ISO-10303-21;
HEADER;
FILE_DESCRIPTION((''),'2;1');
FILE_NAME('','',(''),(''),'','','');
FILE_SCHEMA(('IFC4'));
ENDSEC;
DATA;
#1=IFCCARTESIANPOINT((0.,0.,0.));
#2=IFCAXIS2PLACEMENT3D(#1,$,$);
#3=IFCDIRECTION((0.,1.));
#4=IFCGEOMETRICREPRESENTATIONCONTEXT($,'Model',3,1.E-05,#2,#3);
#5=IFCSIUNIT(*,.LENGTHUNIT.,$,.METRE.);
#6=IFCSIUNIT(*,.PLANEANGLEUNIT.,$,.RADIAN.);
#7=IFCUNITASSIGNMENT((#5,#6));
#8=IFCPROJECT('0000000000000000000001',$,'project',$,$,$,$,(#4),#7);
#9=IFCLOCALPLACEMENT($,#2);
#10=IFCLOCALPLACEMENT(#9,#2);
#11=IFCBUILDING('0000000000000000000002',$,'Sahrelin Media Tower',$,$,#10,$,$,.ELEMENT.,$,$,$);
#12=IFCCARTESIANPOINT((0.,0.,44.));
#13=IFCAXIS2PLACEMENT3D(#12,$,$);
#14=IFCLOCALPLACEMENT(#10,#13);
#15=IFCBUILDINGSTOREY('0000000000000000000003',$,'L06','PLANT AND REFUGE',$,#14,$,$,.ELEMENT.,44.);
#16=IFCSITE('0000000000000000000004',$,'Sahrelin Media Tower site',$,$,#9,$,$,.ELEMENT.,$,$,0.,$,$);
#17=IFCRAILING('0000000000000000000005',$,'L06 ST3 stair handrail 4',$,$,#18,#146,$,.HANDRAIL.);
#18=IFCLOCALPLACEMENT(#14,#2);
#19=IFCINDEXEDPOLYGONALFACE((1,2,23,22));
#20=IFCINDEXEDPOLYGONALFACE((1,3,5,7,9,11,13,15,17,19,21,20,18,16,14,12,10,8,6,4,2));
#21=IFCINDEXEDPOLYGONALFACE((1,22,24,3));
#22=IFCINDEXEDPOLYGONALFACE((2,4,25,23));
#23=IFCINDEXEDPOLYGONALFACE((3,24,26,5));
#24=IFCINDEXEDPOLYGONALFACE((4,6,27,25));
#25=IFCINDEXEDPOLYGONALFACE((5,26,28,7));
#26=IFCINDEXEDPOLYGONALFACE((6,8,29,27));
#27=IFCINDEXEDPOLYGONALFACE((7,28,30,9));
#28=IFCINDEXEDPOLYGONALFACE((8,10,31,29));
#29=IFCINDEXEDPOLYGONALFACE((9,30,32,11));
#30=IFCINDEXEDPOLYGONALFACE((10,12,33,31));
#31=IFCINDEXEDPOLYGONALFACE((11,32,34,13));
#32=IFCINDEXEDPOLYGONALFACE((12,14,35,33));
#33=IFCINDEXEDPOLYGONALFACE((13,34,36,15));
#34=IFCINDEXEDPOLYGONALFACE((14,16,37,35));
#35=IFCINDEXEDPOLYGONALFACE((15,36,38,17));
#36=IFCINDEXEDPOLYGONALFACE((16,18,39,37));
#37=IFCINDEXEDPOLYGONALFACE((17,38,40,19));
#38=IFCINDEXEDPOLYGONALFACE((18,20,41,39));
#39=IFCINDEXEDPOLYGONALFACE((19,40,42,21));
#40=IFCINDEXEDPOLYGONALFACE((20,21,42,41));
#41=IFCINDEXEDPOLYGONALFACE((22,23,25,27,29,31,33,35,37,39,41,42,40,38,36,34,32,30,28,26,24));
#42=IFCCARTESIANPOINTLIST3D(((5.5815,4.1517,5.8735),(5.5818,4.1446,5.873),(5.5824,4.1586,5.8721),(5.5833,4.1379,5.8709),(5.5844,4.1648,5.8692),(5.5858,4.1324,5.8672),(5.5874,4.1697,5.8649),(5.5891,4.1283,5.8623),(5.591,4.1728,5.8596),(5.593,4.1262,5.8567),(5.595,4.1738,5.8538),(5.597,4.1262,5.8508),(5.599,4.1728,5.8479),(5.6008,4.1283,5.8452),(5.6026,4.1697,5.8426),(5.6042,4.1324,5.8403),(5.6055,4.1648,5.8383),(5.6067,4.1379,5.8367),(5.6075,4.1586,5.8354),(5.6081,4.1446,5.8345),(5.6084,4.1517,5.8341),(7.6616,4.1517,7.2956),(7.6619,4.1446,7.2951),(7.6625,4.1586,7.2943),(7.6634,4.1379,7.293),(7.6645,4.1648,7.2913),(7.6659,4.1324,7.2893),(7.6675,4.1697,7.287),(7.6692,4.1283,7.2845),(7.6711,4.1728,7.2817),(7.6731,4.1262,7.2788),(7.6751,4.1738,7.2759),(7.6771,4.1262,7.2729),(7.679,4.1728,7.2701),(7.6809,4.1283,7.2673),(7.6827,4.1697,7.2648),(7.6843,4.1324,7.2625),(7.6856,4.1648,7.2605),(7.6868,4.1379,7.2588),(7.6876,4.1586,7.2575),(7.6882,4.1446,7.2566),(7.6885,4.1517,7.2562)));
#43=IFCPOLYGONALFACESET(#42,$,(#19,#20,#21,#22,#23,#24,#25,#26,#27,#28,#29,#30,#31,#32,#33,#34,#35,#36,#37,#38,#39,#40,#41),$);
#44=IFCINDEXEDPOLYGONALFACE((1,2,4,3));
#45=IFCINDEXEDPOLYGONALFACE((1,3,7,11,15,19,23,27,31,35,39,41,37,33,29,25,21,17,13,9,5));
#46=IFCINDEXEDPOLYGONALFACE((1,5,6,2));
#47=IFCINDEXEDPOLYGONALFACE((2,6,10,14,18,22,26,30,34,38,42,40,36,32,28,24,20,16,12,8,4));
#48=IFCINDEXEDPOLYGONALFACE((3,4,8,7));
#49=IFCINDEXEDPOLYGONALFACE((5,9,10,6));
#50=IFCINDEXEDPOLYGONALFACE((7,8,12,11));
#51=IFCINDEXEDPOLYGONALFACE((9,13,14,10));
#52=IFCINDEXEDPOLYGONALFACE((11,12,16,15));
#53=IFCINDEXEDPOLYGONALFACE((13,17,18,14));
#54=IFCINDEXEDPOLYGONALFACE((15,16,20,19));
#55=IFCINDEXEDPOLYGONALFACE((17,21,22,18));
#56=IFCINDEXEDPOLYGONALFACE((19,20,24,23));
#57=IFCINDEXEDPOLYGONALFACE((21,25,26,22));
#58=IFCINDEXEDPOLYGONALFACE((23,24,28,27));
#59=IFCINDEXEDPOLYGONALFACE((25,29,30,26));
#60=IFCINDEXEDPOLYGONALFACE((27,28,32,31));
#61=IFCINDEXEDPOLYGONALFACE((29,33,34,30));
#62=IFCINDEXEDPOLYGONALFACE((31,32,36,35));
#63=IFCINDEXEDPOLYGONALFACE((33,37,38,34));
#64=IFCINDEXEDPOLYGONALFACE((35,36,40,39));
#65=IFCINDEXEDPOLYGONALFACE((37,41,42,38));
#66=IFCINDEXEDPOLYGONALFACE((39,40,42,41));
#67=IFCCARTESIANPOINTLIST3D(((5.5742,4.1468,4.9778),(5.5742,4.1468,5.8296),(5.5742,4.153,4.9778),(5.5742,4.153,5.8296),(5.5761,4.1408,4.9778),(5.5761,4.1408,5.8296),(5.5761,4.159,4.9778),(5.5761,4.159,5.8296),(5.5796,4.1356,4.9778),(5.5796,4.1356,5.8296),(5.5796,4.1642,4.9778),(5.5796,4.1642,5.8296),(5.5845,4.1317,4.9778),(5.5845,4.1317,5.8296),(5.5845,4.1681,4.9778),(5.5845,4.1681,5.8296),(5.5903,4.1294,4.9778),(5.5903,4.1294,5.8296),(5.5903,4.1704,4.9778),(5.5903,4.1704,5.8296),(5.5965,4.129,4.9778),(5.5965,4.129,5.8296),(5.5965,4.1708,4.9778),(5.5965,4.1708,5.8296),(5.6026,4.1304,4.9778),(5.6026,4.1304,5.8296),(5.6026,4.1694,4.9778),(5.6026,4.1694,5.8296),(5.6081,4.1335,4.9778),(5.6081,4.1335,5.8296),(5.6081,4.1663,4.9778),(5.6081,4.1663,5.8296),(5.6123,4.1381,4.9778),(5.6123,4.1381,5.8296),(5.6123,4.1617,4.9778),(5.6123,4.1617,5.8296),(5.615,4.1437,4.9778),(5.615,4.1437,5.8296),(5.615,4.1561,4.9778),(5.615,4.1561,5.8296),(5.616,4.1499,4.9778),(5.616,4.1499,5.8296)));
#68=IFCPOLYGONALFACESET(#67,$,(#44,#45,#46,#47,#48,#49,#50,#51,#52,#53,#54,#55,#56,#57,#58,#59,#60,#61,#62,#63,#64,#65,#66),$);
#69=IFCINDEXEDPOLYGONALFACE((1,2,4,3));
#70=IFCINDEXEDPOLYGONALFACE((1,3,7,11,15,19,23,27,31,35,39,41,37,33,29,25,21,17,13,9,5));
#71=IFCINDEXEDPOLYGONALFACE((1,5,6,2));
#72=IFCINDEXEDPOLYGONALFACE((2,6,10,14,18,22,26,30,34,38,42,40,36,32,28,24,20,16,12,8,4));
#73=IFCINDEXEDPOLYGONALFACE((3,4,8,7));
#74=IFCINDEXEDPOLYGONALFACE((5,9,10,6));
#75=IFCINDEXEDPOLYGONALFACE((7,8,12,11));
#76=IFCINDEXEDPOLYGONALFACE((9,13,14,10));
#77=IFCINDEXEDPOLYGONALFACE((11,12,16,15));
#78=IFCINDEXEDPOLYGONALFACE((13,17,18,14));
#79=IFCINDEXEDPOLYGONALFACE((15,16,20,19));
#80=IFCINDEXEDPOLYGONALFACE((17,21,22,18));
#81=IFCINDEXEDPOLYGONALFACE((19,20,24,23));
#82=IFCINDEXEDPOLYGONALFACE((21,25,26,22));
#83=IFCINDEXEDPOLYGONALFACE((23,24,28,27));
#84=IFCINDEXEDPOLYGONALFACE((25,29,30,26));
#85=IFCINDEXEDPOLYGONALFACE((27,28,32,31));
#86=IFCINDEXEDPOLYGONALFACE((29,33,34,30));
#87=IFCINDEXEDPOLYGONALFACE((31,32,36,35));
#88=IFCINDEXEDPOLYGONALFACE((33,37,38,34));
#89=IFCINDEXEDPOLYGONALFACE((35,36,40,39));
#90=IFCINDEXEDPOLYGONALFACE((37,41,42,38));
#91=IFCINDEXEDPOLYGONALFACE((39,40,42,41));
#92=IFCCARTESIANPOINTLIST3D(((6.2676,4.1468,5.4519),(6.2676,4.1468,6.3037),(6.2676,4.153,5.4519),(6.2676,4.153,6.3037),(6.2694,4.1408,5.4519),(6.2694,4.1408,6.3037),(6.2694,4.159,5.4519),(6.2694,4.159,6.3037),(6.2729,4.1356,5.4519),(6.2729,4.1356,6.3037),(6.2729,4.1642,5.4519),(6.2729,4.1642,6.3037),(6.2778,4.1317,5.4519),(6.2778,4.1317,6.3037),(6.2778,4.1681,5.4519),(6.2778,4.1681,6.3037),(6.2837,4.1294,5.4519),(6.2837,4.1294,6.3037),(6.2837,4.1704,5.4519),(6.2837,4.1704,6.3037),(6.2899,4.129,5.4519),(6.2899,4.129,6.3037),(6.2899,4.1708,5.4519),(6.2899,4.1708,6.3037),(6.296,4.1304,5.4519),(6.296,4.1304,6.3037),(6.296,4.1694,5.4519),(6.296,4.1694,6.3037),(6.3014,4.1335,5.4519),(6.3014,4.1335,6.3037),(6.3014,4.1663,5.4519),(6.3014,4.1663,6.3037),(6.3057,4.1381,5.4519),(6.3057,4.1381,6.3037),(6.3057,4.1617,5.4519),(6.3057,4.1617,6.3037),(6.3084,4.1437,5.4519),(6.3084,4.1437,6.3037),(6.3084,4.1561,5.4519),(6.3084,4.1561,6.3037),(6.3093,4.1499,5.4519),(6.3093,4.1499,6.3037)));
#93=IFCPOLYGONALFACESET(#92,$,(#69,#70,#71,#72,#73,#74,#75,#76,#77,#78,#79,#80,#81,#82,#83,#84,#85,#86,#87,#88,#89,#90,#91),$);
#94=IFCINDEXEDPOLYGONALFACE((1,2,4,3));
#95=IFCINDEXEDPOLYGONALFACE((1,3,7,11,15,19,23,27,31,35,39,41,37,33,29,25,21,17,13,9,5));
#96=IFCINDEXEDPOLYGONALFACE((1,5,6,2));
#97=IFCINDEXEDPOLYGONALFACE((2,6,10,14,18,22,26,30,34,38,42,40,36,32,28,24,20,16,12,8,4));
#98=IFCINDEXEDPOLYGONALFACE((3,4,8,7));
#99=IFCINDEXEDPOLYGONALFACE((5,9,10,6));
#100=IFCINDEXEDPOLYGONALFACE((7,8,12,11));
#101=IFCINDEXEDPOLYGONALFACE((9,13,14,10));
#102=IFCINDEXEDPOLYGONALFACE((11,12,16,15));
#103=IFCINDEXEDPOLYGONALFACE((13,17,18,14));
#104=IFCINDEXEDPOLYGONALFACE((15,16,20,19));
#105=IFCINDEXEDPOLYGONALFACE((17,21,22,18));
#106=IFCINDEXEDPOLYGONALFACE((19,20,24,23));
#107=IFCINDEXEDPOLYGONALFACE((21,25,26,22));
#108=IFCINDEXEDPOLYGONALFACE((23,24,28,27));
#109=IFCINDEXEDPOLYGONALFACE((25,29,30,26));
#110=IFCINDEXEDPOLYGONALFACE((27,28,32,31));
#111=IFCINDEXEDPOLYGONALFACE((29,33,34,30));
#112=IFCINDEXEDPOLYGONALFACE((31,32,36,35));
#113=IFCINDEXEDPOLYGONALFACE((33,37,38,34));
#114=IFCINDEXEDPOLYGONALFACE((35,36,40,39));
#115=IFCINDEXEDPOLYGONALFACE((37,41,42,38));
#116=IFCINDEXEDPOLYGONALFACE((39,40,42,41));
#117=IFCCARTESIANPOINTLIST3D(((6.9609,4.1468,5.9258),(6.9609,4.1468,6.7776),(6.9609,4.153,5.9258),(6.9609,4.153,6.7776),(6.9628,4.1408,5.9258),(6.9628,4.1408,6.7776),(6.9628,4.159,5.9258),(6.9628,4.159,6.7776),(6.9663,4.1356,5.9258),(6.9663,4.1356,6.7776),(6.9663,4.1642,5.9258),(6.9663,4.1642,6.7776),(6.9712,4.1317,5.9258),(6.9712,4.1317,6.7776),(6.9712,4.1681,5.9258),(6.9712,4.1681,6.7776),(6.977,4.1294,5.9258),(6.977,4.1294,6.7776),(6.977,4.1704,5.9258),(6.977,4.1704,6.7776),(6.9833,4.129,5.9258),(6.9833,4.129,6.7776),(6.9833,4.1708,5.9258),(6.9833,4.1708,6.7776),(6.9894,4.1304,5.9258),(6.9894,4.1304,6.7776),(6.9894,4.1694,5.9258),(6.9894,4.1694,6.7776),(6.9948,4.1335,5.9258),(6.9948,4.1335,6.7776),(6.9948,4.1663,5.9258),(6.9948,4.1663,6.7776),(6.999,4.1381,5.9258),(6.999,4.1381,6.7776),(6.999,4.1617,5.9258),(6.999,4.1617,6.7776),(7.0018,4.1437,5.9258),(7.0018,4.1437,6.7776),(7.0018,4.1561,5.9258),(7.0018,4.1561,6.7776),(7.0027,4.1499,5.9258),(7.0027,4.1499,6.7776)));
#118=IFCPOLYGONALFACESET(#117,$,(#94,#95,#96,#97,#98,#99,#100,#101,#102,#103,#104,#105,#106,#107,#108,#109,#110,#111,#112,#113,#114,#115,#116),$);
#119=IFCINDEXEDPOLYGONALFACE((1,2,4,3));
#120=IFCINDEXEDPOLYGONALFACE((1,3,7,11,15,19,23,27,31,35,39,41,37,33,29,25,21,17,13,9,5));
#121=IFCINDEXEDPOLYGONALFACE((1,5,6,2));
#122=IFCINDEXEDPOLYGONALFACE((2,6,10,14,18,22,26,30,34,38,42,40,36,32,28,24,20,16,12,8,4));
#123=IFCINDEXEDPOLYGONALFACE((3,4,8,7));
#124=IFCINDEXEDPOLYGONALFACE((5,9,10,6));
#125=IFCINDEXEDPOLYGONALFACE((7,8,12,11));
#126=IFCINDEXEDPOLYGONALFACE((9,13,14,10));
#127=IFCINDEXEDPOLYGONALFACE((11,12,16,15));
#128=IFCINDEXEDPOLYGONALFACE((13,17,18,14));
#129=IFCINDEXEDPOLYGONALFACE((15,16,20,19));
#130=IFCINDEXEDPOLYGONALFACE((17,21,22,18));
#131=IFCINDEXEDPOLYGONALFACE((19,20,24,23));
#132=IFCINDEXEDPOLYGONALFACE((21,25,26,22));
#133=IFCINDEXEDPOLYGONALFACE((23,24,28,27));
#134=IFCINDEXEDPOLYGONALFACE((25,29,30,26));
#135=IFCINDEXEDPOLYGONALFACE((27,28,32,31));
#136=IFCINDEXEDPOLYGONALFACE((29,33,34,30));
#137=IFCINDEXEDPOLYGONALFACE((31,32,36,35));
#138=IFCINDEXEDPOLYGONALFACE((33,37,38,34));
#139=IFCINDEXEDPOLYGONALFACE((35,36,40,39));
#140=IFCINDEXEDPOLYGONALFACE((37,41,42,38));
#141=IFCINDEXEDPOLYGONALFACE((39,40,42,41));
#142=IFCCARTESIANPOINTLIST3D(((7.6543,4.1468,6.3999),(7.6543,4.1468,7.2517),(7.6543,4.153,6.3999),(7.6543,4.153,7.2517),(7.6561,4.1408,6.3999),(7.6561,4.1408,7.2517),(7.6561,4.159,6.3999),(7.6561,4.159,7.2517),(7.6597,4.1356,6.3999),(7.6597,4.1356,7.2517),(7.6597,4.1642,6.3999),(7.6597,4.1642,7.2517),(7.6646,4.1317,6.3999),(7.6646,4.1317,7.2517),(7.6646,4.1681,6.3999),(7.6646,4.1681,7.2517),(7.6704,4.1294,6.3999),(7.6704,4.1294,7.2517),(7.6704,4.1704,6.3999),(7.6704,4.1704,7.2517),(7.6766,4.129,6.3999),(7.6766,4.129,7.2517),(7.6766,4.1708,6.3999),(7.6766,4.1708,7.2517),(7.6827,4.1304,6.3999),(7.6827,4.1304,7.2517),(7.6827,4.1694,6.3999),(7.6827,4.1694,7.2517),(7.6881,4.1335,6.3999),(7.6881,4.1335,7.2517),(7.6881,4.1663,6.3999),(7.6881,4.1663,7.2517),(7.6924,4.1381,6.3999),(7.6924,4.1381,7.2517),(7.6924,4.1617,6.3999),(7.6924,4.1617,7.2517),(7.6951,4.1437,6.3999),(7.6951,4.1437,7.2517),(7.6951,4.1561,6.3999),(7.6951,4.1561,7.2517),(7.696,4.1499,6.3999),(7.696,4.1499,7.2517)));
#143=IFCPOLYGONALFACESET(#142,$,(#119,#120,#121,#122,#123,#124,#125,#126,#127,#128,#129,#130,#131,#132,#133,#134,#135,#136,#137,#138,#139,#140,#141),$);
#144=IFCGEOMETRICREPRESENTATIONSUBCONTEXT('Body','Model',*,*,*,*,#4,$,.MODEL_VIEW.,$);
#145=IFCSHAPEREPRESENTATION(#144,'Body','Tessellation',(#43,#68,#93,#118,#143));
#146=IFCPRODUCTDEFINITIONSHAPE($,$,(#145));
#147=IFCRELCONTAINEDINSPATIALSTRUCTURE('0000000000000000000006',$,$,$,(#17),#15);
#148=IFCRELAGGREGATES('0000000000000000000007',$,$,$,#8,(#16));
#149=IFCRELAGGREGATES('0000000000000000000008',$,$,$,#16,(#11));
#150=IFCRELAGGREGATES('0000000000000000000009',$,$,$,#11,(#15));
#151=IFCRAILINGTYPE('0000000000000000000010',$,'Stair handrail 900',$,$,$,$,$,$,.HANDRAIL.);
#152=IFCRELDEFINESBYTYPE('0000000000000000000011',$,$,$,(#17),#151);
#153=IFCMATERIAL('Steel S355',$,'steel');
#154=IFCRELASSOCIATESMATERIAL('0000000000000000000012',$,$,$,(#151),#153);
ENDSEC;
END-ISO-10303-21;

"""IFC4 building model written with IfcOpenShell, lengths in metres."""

from ifc_helpers import new_model, si_unit, direction, frame, origin, origin_2d, place, context, subcontext, project, spatial, circle, extrude, material, type_object, element, save


model = new_model("IFC4")

# Units and contexts
model_context = context("Model", 3, precision=1e-05, world=origin(), true_north=direction((0.0, 1.0)))
body_context = subcontext(model_context, "Body", "Model", "MODEL_VIEW")
ifc_project = project(units=[si_unit("LENGTHUNIT", "METRE"), si_unit("PLANEANGLEUNIT", "RADIAN")], contexts=[model_context])

# Site, building, storey
site_placement = place(None, origin())
site = spatial("IfcSite", under=ifc_project, at=site_placement, Name="Sahrelin Media Tower site", CompositionType="ELEMENT", RefElevation=0.0)
building_placement = place(site_placement, origin())
building = spatial("IfcBuilding", under=site, at=building_placement, Name="Sahrelin Media Tower", CompositionType="ELEMENT")
storey_placement = place(building_placement, frame((0.0, 0.0, 44.0)))
storey = spatial("IfcBuildingStorey", under=building, at=storey_placement, Name="L06", Description="PLANT AND REFUGE", CompositionType="ELEMENT", Elevation=44.0)

# Shared definitions
ifc_material_1 = material(Name="Steel S355", Category="steel")

# Railing
railing_type_1 = type_object("IfcRailingType", Name="Stair handrail 900", PredefinedType="HANDRAIL", material=ifc_material_1)
for number, where, name in (
    (1, (5.595, 4.1499, 4.9778), "L06 ST3 stair handrail 4"),
):
    element("IfcRailing", number, at=place(storey_placement, frame(where)), inside=storey, type_object=railing_type_1, Name=name, PredefinedType="HANDRAIL", context=body_context, shape_type="SweptSolid", body=[
        extrude(circle(Radius=0.0239, at=origin_2d()), frame((0.0, 0.0, 0.876), z_axis=(0.825509, 0.0, 0.564389), x_axis=(0.0, 1.0, 0.0)), (0.0, 0.0, 1.0), 2.5198),
        extrude(circle(Radius=0.021, at=origin_2d()), origin(), (0.0, 0.0, 1.0), 0.8518),
        extrude(circle(Radius=0.021, at=origin_2d()), frame((0.6934, 0.0, 0.4741)), (0.0, 0.0, 1.0), 0.8518),
        extrude(circle(Radius=0.021, at=origin_2d()), frame((1.3867, 0.0, 0.948)), (0.0, 0.0, 1.0), 0.8518),
        extrude(circle(Radius=0.021, at=origin_2d()), frame((2.0801, 0.0, 1.4221)), (0.0, 0.0, 1.0), 0.8518),
    ])

save(model, "model.ifc")
